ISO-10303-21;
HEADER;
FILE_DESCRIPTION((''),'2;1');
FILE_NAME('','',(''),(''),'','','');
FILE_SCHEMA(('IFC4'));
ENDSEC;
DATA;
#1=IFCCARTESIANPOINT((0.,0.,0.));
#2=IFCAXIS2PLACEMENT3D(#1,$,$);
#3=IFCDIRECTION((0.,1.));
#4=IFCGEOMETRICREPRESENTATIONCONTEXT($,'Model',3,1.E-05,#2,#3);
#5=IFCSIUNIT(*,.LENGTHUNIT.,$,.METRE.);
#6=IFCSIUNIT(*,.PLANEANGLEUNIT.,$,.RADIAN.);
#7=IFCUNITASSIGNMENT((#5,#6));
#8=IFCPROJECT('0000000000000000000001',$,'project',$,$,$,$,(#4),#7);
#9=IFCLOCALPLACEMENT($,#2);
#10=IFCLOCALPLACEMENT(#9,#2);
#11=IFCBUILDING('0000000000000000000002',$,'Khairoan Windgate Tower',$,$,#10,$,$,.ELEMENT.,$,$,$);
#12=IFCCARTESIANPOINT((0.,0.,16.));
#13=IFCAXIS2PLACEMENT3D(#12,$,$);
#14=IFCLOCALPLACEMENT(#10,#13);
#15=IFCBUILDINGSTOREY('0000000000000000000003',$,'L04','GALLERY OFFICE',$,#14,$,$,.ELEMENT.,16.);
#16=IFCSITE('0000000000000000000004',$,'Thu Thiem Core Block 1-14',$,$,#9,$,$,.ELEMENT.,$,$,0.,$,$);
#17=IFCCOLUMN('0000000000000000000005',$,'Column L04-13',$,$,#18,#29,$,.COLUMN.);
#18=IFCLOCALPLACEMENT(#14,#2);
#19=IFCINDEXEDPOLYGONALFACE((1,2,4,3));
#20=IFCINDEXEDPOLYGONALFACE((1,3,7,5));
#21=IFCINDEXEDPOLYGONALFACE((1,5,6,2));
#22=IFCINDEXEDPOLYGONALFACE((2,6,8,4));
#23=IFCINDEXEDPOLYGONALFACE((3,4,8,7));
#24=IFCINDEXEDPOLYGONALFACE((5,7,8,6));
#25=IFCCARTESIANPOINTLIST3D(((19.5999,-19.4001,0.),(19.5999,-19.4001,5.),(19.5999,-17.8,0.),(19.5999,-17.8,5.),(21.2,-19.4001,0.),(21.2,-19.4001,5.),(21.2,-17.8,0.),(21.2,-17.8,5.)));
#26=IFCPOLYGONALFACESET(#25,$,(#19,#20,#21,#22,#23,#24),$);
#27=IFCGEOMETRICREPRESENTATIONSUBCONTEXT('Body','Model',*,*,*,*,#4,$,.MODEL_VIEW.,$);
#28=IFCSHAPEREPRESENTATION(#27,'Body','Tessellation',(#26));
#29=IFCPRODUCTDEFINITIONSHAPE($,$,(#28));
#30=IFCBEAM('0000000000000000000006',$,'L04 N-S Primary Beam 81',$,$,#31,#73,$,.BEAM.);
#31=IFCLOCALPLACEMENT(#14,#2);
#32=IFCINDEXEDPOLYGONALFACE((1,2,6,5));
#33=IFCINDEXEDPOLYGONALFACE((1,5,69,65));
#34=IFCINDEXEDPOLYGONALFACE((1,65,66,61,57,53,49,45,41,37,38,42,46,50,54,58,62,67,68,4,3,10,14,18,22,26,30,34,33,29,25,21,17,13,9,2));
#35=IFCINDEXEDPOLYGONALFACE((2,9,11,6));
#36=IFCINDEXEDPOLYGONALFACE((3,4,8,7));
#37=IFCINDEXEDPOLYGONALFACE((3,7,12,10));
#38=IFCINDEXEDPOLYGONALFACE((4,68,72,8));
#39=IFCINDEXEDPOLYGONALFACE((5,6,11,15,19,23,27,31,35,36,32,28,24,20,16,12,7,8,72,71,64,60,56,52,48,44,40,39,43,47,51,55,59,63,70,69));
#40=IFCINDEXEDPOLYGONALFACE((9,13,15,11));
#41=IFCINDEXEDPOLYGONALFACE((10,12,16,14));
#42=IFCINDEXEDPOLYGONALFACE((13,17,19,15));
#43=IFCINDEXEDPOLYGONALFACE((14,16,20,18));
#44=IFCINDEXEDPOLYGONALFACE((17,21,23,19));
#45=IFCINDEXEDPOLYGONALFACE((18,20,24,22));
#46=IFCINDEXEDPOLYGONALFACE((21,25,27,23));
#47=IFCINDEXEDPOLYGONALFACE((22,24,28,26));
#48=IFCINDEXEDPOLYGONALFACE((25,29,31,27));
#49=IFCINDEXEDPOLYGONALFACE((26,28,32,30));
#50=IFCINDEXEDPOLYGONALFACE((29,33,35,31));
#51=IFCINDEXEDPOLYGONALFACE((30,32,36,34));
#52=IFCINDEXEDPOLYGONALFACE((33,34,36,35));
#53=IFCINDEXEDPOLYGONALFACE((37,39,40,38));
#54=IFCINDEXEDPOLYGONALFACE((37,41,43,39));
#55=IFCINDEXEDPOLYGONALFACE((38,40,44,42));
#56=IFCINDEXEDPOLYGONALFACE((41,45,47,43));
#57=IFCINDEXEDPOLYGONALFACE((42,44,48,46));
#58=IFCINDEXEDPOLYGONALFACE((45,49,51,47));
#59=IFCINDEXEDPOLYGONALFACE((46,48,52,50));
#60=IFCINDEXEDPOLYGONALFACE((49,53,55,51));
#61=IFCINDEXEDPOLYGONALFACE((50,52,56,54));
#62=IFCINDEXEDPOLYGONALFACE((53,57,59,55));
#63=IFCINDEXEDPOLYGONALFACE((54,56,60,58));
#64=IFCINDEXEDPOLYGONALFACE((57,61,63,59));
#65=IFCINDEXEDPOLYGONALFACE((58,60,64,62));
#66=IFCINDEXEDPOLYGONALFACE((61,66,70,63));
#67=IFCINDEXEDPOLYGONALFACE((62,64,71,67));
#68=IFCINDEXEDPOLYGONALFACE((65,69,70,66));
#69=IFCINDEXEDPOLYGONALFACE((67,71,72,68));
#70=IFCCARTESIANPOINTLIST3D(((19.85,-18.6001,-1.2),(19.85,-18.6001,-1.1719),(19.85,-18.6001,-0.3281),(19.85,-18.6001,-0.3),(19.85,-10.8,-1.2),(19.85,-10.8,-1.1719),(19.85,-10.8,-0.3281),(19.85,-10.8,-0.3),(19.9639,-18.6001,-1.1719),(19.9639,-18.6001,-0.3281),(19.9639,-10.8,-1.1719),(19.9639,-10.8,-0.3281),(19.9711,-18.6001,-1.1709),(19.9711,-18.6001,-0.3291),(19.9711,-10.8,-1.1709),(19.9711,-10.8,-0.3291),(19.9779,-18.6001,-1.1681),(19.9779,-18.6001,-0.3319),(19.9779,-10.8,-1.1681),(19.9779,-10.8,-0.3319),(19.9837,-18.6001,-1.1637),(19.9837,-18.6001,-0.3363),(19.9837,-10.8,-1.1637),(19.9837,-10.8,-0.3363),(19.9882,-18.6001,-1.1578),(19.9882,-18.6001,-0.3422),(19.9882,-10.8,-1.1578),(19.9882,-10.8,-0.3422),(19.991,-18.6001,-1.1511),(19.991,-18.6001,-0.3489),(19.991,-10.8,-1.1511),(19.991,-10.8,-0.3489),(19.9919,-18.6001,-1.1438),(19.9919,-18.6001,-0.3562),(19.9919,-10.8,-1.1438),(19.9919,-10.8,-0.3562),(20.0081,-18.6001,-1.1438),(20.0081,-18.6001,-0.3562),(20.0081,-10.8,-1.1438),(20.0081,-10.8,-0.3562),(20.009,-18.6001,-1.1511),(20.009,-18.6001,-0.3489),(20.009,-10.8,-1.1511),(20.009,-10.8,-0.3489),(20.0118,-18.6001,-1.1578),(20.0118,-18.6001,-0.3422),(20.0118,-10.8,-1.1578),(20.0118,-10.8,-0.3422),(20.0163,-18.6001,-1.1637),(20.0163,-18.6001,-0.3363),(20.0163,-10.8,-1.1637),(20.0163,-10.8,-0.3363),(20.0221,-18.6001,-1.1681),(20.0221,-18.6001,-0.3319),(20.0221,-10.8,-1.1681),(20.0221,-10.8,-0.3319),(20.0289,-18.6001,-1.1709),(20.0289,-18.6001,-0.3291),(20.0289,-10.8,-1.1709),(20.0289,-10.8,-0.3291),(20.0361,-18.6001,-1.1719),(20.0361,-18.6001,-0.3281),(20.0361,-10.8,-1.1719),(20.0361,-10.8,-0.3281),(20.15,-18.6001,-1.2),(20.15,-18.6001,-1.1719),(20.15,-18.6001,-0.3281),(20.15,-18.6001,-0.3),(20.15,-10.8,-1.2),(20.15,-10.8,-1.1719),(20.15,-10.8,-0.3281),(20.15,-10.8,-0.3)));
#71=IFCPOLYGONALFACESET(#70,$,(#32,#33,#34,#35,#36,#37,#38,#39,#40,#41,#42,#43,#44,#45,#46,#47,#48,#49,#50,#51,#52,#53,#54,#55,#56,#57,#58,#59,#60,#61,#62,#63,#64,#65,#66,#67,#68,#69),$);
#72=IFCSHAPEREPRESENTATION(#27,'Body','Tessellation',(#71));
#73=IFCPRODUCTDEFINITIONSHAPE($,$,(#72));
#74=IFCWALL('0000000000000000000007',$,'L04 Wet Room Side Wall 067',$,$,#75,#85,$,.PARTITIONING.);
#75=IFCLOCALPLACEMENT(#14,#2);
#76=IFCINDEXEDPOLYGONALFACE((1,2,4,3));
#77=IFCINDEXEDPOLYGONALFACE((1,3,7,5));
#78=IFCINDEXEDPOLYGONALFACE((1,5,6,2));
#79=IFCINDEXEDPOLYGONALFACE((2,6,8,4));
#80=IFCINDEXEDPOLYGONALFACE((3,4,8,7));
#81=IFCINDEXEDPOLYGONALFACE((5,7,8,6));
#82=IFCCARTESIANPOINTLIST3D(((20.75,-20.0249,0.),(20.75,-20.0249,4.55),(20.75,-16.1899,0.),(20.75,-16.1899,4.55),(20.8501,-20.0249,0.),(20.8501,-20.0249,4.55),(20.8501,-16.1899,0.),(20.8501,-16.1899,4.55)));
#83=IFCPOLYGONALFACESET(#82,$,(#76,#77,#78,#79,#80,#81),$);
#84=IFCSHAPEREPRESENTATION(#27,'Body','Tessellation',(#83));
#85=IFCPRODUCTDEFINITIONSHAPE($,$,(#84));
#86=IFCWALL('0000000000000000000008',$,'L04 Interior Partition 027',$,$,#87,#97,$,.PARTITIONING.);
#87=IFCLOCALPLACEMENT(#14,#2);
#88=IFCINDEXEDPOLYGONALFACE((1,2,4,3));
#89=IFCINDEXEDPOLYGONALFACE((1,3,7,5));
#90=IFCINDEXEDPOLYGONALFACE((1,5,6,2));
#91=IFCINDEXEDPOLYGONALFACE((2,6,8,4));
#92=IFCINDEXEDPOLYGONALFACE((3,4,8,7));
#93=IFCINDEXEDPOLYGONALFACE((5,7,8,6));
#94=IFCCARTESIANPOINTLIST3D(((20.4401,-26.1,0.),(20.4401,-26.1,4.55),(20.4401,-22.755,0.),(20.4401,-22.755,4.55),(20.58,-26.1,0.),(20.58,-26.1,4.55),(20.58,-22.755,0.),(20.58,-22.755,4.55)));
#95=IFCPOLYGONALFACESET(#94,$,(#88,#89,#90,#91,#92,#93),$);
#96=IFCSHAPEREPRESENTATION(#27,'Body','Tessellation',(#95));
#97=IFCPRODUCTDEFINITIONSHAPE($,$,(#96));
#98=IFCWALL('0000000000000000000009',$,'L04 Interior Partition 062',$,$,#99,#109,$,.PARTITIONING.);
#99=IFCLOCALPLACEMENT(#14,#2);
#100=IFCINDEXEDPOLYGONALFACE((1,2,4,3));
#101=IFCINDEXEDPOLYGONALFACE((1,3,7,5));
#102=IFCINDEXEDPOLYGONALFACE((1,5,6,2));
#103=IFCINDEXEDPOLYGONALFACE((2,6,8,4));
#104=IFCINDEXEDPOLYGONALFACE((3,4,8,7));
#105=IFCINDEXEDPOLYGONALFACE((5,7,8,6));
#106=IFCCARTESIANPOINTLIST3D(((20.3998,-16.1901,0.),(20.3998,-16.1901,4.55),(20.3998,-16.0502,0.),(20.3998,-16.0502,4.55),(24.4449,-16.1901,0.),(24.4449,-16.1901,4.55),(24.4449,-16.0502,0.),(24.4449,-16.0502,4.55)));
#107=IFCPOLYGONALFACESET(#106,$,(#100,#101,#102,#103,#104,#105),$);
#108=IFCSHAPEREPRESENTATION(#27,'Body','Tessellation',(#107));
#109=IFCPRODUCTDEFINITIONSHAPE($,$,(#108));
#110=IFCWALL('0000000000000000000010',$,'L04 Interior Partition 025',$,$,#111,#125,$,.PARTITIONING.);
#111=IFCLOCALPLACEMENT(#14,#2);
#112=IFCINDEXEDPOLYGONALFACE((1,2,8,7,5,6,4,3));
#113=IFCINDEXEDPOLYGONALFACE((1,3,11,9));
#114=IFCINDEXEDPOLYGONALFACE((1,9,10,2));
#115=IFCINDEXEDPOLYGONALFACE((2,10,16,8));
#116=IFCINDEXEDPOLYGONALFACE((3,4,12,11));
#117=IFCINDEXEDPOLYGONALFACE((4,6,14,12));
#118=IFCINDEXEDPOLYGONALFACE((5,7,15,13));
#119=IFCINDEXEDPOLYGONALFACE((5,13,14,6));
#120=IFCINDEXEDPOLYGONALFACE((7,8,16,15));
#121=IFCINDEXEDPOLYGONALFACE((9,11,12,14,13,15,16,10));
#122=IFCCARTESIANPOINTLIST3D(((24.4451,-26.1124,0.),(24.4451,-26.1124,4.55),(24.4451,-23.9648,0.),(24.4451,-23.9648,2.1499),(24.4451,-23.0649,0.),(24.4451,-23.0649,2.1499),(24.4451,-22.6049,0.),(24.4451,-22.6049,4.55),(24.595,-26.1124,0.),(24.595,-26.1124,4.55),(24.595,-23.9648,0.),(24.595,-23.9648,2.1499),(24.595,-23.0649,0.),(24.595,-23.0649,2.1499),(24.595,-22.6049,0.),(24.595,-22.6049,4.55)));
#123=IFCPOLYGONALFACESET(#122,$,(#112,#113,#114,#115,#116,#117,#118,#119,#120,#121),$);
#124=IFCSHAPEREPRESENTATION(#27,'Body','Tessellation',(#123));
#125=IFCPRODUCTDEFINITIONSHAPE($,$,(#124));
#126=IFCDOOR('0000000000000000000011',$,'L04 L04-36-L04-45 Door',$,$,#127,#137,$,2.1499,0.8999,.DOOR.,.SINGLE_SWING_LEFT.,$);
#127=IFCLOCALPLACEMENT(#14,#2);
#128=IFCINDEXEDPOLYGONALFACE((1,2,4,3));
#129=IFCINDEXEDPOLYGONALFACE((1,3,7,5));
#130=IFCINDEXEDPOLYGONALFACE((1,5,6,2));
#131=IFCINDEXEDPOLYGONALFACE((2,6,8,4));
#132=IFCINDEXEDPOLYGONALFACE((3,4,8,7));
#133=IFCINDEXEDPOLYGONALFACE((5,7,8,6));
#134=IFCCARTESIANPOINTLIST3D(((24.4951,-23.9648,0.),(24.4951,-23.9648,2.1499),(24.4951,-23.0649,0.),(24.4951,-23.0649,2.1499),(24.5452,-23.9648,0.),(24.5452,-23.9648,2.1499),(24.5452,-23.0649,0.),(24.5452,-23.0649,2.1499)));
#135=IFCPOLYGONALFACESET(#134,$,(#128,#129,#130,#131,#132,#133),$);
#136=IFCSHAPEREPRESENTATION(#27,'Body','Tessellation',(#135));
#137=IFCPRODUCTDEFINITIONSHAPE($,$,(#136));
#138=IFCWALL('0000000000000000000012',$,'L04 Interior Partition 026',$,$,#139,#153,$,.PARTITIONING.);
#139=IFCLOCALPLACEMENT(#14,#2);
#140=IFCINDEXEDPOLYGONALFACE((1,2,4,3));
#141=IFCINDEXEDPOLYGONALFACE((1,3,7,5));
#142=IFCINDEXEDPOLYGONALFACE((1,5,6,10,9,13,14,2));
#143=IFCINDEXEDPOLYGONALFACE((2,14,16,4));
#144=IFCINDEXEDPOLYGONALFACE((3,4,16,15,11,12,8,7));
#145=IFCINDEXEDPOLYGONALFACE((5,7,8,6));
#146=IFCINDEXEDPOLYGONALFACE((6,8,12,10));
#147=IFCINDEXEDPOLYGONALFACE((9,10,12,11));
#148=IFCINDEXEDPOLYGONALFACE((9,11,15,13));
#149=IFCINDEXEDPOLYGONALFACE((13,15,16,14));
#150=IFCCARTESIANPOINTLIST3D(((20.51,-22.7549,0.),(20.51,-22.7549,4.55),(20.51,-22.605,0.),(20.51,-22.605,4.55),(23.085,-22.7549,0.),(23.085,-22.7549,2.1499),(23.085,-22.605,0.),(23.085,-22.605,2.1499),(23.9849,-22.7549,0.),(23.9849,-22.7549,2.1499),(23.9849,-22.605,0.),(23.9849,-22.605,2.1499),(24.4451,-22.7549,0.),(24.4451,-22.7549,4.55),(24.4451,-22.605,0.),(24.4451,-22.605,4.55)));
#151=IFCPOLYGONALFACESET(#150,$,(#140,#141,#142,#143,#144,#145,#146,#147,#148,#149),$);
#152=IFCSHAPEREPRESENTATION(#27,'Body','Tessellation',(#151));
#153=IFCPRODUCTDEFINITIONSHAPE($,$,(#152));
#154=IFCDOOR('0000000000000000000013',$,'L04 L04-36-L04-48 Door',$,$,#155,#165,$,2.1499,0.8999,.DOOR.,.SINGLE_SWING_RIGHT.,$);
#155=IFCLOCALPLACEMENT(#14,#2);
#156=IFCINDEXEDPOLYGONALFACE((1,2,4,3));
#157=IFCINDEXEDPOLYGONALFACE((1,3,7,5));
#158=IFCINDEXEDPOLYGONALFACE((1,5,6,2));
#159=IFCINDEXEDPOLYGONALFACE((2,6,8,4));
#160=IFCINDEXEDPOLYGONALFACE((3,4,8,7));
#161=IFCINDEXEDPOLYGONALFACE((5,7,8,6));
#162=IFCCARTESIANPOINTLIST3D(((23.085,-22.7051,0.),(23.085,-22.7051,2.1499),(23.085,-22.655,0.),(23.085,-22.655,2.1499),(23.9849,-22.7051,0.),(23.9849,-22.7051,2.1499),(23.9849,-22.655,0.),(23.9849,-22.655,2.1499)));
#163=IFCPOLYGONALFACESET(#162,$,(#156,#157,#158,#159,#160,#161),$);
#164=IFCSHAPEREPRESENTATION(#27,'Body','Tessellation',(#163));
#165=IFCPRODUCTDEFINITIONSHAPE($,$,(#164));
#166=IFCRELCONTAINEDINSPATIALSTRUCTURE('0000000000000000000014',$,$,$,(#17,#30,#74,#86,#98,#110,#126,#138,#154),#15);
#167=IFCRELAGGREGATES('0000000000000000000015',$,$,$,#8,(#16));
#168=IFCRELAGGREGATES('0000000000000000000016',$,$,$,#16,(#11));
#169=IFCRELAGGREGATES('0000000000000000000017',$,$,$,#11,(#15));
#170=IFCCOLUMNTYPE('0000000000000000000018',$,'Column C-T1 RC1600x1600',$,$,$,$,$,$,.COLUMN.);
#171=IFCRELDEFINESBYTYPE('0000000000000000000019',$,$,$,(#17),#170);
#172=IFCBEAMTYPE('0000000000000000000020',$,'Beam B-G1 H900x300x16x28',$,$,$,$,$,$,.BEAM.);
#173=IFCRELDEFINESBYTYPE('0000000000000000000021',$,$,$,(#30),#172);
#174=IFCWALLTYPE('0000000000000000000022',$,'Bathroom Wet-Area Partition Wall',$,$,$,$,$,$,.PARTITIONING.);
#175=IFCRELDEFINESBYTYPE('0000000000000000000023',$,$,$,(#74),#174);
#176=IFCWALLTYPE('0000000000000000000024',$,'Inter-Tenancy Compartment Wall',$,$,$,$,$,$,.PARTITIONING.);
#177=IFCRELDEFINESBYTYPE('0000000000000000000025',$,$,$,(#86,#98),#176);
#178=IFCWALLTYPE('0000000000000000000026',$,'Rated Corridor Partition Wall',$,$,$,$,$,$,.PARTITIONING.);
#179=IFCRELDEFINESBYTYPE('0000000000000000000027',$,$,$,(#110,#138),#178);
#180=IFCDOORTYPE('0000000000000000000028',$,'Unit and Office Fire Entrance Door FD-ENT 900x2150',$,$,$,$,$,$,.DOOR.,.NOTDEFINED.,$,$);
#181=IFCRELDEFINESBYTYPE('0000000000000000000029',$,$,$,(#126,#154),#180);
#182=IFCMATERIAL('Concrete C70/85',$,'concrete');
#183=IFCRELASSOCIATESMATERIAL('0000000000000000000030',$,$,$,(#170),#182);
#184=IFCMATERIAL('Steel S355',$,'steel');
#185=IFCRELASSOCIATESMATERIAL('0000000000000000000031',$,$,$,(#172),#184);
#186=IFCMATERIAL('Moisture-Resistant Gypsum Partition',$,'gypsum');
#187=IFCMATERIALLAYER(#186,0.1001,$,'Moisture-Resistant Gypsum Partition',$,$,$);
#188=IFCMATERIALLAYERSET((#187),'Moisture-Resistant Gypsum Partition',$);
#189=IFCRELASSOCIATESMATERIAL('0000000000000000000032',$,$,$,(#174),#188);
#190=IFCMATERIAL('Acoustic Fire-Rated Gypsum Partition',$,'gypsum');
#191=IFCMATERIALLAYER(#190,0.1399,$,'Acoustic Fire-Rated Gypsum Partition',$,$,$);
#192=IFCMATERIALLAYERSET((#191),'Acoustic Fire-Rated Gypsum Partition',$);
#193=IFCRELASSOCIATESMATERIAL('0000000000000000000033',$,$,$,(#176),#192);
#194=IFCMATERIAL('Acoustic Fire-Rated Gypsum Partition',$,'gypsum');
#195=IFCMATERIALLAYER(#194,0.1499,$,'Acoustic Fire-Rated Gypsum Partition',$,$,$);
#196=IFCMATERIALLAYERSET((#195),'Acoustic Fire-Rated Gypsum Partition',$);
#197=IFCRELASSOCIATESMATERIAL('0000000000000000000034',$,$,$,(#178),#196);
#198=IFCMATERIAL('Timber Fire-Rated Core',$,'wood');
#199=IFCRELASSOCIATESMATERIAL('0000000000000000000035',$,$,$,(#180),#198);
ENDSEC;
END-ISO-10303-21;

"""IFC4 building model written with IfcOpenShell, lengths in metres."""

from ifc_helpers import new_model, si_unit, direction, frame, frame_2d, origin, origin_2d, place, context, subcontext, project, spatial, rectangle, i_section, extrude, material, layer, layer_set, material_profile, profile_set, type_object, element, fill, save


model = new_model("IFC4")

# Units and contexts
model_context = context("Model", 3, precision=1e-05, world=origin(), true_north=direction((0.0, 1.0)))
body_context = subcontext(model_context, "Body", "Model", "MODEL_VIEW")
ifc_project = project(units=[si_unit("LENGTHUNIT", "METRE"), si_unit("PLANEANGLEUNIT", "RADIAN")], contexts=[model_context])

# Site, building, storey
site_placement = place(None, origin())
site = spatial("IfcSite", under=ifc_project, at=site_placement, Name="Thu Thiem Core Block 1-14", CompositionType="ELEMENT", RefElevation=0.0)
building_placement = place(site_placement, origin())
building = spatial("IfcBuilding", under=site, at=building_placement, Name="Khairoan Windgate Tower", CompositionType="ELEMENT")
storey_placement = place(building_placement, frame((0.0, 0.0, 16.0)))
storey = spatial("IfcBuildingStorey", under=building, at=storey_placement, Name="L04", Description="GALLERY OFFICE", CompositionType="ELEMENT", Elevation=16.0)

# Column
ifc_material_1 = material(Name="Concrete C70/85", Category="concrete")
ifc_material_profile_1 = material_profile(ifc_material_1, rectangle(XDim=1.6001, YDim=1.6001, at=origin_2d()))
ifc_profile_set_1 = profile_set([ifc_material_profile_1], Name="Concrete C70/85")
column_type = type_object("IfcColumnType", Name="Column C-T1 RC1600x1600", PredefinedType="COLUMN", material=ifc_profile_set_1)
column_placement = place(storey_placement, frame((20.3999, -18.6001, 0.0), z_axis=(0.0, 0.0, 1.0), x_axis=(1.0, 0.0, 0.0)))
element("IfcColumn", 1, at=column_placement, inside=storey, type_object=column_type, Name="Column L04-13", PredefinedType="COLUMN", context=body_context, shape_type="SweptSolid", body=[
    extrude(rectangle(XDim=1.6001, YDim=1.6001, at=origin_2d()), origin(), (0.0, 0.0, 1.0), 5.0),
])

# Beam
ifc_material_2 = material(Name="Steel S355", Category="steel")
ifc_material_profile_2 = material_profile(ifc_material_2, i_section(OverallWidth=0.3, OverallDepth=0.8999, WebThickness=0.0161, FlangeThickness=0.0281, FilletRadius=0.0281, at=origin_2d()))
ifc_profile_set_2 = profile_set([ifc_material_profile_2], Name="Steel S355")
beam_type = type_object("IfcBeamType", Name="Beam B-G1 H900x300x16x28", PredefinedType="BEAM", material=ifc_profile_set_2)
beam_placement = place(storey_placement, frame((20.0, -18.6001, -0.75), z_axis=(0.0, 1.0, 0.0), x_axis=(-1.0, 0.0, 0.0)))
element("IfcBeam", 2, at=beam_placement, inside=storey, type_object=beam_type, Name="L04 N-S Primary Beam 81", PredefinedType="BEAM", context=body_context, shape_type="SweptSolid", body=[
    extrude(i_section(OverallWidth=0.3, OverallDepth=0.8999, WebThickness=0.0161, FlangeThickness=0.0281, FilletRadius=0.0281, at=origin_2d()), origin(), (0.0, 0.0, 1.0), 7.8),
])

# Walls
ifc_material_3 = material(Name="Moisture-Resistant Gypsum Partition", Category="gypsum")
ifc_layer_1 = layer(ifc_material_3, 0.1001, Name="Moisture-Resistant Gypsum Partition")
ifc_layer_set_1 = layer_set([ifc_layer_1], Name="Moisture-Resistant Gypsum Partition")
wall_type_1 = type_object("IfcWallType", Name="Bathroom Wet-Area Partition Wall", PredefinedType="PARTITIONING", material=ifc_layer_set_1)
wall_1_placement = place(storey_placement, frame((20.8, -20.0249, 0.0), z_axis=(0.0, 0.0, 1.0), x_axis=(0.0, 1.0, 0.0)))
element("IfcWall", 3, at=wall_1_placement, inside=storey, type_object=wall_type_1, Name="L04 Wet Room Side Wall 067", PredefinedType="PARTITIONING", context=body_context, shape_type="SweptSolid", body=[
    extrude(rectangle(XDim=3.835, YDim=0.1001, at=frame_2d((1.9175, 0.0))), origin(), (0.0, 0.0, 1.0), 4.55),
])
ifc_material_4 = material(Name="Acoustic Fire-Rated Gypsum Partition", Category="gypsum")
ifc_layer_2 = layer(ifc_material_4, 0.1399, Name="Acoustic Fire-Rated Gypsum Partition")
ifc_layer_set_2 = layer_set([ifc_layer_2], Name="Acoustic Fire-Rated Gypsum Partition")
wall_type_2 = type_object("IfcWallType", Name="Inter-Tenancy Compartment Wall", PredefinedType="PARTITIONING", material=ifc_layer_set_2)
wall_2_placement = place(storey_placement, frame((20.51, -26.0999, 0.0), z_axis=(0.0, 0.0, 1.0), x_axis=(0.0, 1.0, 0.0)))
element("IfcWall", 4, at=wall_2_placement, inside=storey, type_object=wall_type_2, Name="L04 Interior Partition 027", PredefinedType="PARTITIONING", context=body_context, shape_type="SweptSolid", body=[
    extrude(rectangle(XDim=3.345, YDim=0.1399, at=frame_2d((1.6724, 0.0))), origin(), (0.0, 0.0, 1.0), 4.55),
])
wall_3_placement = place(storey_placement, frame((20.3999, -16.1201, 0.0), z_axis=(0.0, 0.0, 1.0), x_axis=(1.0, 0.0, 0.0)))
element("IfcWall", 5, at=wall_3_placement, inside=storey, type_object=wall_type_2, Name="L04 Interior Partition 062", PredefinedType="PARTITIONING", context=body_context, shape_type="SweptSolid", body=[
    extrude(rectangle(XDim=4.0452, YDim=0.1399, at=frame_2d((2.0225, 0.0))), origin(), (0.0, 0.0, 1.0), 4.55),
])

# Walls, openings, doors
ifc_material_5 = material(Name="Acoustic Fire-Rated Gypsum Partition", Category="gypsum")
ifc_layer_3 = layer(ifc_material_5, 0.1499, Name="Acoustic Fire-Rated Gypsum Partition")
ifc_layer_set_3 = layer_set([ifc_layer_3], Name="Acoustic Fire-Rated Gypsum Partition")
wall_type_3 = type_object("IfcWallType", Name="Rated Corridor Partition Wall", PredefinedType="PARTITIONING", material=ifc_layer_set_3)
wall_4_placement = place(storey_placement, frame((24.52, -26.1125, 0.0), z_axis=(0.0, 0.0, 1.0), x_axis=(0.0, 1.0, 0.0)))
wall_4 = element("IfcWall", 6, at=wall_4_placement, inside=storey, type_object=wall_type_3, Name="L04 Interior Partition 025", PredefinedType="PARTITIONING", context=body_context, shape_type="SweptSolid", body=[
    extrude(rectangle(XDim=3.5076, YDim=0.1499, at=frame_2d((1.7539, 0.0))), origin(), (0.0, 0.0, 1.0), 4.55),
])
opening_1_placement = place(wall_4_placement, frame((2.1477, 0.0, 0.0)))
opening_1 = element("IfcOpeningElement", 7, at=opening_1_placement, cuts=wall_4, PredefinedType="OPENING", context=body_context, shape_type="SweptSolid", body=[
    extrude(rectangle(XDim=0.8999, YDim=2.1499, at=frame_2d((0.45, 1.075))), frame((0.0, 0.085, 0.0), z_axis=(0.0, -1.0, 0.0), x_axis=(1.0, 0.0, 0.0)), (0.0, 0.0, 1.0), 0.1699),
])
ifc_material_6 = material(Name="Timber Fire-Rated Core", Category="wood")
door_type = type_object("IfcDoorType", Name="Unit and Office Fire Entrance Door FD-ENT 900x2150", OperationType="NOTDEFINED", PredefinedType="DOOR", material=ifc_material_6)
door_1_placement = place(opening_1_placement, origin())
door_1 = element("IfcDoor", 8, at=door_1_placement, inside=storey, type_object=door_type, Name="L04 L04-36-L04-45 Door", OperationType="SINGLE_SWING_LEFT", OverallHeight=2.1499, OverallWidth=0.8999, PredefinedType="DOOR", context=body_context, shape_type="SweptSolid", body=[
    extrude(rectangle(XDim=0.8999, YDim=2.1499, at=frame_2d((0.45, 1.075))), frame((0.0, 0.0249, 0.0), z_axis=(0.0, -1.0, 0.0), x_axis=(1.0, 0.0, 0.0)), (0.0, 0.0, 1.0), 0.05),
])
fill(opening_1, door_1)
wall_5_placement = place(storey_placement, frame((20.51, -22.6799, 0.0), z_axis=(0.0, 0.0, 1.0), x_axis=(1.0, 0.0, 0.0)))
wall_5 = element("IfcWall", 9, at=wall_5_placement, inside=storey, type_object=wall_type_3, Name="L04 Interior Partition 026", PredefinedType="PARTITIONING", context=body_context, shape_type="SweptSolid", body=[
    extrude(rectangle(XDim=3.9351, YDim=0.1499, at=frame_2d((1.9675, 0.0))), origin(), (0.0, 0.0, 1.0), 4.55),
])
opening_2_placement = place(wall_5_placement, frame((2.575, 0.0, 0.0)))
opening_2 = element("IfcOpeningElement", 10, at=opening_2_placement, cuts=wall_5, PredefinedType="OPENING", context=body_context, shape_type="SweptSolid", body=[
    extrude(rectangle(XDim=0.8999, YDim=2.1499, at=frame_2d((0.45, 1.075))), frame((0.0, 0.085, 0.0), z_axis=(0.0, -1.0, 0.0), x_axis=(1.0, 0.0, 0.0)), (0.0, 0.0, 1.0), 0.1699),
])
door_2_placement = place(opening_2_placement, origin())
door_2 = element("IfcDoor", 11, at=door_2_placement, inside=storey, type_object=door_type, Name="L04 L04-36-L04-48 Door", OperationType="SINGLE_SWING_RIGHT", OverallHeight=2.1499, OverallWidth=0.8999, PredefinedType="DOOR", context=body_context, shape_type="SweptSolid", body=[
    extrude(rectangle(XDim=0.8999, YDim=2.1499, at=frame_2d((0.45, 1.075))), frame((0.0, 0.0249, 0.0), z_axis=(0.0, -1.0, 0.0), x_axis=(1.0, 0.0, 0.0)), (0.0, 0.0, 1.0), 0.05),
])
fill(opening_2, door_2)

save(model, "model.ifc")
